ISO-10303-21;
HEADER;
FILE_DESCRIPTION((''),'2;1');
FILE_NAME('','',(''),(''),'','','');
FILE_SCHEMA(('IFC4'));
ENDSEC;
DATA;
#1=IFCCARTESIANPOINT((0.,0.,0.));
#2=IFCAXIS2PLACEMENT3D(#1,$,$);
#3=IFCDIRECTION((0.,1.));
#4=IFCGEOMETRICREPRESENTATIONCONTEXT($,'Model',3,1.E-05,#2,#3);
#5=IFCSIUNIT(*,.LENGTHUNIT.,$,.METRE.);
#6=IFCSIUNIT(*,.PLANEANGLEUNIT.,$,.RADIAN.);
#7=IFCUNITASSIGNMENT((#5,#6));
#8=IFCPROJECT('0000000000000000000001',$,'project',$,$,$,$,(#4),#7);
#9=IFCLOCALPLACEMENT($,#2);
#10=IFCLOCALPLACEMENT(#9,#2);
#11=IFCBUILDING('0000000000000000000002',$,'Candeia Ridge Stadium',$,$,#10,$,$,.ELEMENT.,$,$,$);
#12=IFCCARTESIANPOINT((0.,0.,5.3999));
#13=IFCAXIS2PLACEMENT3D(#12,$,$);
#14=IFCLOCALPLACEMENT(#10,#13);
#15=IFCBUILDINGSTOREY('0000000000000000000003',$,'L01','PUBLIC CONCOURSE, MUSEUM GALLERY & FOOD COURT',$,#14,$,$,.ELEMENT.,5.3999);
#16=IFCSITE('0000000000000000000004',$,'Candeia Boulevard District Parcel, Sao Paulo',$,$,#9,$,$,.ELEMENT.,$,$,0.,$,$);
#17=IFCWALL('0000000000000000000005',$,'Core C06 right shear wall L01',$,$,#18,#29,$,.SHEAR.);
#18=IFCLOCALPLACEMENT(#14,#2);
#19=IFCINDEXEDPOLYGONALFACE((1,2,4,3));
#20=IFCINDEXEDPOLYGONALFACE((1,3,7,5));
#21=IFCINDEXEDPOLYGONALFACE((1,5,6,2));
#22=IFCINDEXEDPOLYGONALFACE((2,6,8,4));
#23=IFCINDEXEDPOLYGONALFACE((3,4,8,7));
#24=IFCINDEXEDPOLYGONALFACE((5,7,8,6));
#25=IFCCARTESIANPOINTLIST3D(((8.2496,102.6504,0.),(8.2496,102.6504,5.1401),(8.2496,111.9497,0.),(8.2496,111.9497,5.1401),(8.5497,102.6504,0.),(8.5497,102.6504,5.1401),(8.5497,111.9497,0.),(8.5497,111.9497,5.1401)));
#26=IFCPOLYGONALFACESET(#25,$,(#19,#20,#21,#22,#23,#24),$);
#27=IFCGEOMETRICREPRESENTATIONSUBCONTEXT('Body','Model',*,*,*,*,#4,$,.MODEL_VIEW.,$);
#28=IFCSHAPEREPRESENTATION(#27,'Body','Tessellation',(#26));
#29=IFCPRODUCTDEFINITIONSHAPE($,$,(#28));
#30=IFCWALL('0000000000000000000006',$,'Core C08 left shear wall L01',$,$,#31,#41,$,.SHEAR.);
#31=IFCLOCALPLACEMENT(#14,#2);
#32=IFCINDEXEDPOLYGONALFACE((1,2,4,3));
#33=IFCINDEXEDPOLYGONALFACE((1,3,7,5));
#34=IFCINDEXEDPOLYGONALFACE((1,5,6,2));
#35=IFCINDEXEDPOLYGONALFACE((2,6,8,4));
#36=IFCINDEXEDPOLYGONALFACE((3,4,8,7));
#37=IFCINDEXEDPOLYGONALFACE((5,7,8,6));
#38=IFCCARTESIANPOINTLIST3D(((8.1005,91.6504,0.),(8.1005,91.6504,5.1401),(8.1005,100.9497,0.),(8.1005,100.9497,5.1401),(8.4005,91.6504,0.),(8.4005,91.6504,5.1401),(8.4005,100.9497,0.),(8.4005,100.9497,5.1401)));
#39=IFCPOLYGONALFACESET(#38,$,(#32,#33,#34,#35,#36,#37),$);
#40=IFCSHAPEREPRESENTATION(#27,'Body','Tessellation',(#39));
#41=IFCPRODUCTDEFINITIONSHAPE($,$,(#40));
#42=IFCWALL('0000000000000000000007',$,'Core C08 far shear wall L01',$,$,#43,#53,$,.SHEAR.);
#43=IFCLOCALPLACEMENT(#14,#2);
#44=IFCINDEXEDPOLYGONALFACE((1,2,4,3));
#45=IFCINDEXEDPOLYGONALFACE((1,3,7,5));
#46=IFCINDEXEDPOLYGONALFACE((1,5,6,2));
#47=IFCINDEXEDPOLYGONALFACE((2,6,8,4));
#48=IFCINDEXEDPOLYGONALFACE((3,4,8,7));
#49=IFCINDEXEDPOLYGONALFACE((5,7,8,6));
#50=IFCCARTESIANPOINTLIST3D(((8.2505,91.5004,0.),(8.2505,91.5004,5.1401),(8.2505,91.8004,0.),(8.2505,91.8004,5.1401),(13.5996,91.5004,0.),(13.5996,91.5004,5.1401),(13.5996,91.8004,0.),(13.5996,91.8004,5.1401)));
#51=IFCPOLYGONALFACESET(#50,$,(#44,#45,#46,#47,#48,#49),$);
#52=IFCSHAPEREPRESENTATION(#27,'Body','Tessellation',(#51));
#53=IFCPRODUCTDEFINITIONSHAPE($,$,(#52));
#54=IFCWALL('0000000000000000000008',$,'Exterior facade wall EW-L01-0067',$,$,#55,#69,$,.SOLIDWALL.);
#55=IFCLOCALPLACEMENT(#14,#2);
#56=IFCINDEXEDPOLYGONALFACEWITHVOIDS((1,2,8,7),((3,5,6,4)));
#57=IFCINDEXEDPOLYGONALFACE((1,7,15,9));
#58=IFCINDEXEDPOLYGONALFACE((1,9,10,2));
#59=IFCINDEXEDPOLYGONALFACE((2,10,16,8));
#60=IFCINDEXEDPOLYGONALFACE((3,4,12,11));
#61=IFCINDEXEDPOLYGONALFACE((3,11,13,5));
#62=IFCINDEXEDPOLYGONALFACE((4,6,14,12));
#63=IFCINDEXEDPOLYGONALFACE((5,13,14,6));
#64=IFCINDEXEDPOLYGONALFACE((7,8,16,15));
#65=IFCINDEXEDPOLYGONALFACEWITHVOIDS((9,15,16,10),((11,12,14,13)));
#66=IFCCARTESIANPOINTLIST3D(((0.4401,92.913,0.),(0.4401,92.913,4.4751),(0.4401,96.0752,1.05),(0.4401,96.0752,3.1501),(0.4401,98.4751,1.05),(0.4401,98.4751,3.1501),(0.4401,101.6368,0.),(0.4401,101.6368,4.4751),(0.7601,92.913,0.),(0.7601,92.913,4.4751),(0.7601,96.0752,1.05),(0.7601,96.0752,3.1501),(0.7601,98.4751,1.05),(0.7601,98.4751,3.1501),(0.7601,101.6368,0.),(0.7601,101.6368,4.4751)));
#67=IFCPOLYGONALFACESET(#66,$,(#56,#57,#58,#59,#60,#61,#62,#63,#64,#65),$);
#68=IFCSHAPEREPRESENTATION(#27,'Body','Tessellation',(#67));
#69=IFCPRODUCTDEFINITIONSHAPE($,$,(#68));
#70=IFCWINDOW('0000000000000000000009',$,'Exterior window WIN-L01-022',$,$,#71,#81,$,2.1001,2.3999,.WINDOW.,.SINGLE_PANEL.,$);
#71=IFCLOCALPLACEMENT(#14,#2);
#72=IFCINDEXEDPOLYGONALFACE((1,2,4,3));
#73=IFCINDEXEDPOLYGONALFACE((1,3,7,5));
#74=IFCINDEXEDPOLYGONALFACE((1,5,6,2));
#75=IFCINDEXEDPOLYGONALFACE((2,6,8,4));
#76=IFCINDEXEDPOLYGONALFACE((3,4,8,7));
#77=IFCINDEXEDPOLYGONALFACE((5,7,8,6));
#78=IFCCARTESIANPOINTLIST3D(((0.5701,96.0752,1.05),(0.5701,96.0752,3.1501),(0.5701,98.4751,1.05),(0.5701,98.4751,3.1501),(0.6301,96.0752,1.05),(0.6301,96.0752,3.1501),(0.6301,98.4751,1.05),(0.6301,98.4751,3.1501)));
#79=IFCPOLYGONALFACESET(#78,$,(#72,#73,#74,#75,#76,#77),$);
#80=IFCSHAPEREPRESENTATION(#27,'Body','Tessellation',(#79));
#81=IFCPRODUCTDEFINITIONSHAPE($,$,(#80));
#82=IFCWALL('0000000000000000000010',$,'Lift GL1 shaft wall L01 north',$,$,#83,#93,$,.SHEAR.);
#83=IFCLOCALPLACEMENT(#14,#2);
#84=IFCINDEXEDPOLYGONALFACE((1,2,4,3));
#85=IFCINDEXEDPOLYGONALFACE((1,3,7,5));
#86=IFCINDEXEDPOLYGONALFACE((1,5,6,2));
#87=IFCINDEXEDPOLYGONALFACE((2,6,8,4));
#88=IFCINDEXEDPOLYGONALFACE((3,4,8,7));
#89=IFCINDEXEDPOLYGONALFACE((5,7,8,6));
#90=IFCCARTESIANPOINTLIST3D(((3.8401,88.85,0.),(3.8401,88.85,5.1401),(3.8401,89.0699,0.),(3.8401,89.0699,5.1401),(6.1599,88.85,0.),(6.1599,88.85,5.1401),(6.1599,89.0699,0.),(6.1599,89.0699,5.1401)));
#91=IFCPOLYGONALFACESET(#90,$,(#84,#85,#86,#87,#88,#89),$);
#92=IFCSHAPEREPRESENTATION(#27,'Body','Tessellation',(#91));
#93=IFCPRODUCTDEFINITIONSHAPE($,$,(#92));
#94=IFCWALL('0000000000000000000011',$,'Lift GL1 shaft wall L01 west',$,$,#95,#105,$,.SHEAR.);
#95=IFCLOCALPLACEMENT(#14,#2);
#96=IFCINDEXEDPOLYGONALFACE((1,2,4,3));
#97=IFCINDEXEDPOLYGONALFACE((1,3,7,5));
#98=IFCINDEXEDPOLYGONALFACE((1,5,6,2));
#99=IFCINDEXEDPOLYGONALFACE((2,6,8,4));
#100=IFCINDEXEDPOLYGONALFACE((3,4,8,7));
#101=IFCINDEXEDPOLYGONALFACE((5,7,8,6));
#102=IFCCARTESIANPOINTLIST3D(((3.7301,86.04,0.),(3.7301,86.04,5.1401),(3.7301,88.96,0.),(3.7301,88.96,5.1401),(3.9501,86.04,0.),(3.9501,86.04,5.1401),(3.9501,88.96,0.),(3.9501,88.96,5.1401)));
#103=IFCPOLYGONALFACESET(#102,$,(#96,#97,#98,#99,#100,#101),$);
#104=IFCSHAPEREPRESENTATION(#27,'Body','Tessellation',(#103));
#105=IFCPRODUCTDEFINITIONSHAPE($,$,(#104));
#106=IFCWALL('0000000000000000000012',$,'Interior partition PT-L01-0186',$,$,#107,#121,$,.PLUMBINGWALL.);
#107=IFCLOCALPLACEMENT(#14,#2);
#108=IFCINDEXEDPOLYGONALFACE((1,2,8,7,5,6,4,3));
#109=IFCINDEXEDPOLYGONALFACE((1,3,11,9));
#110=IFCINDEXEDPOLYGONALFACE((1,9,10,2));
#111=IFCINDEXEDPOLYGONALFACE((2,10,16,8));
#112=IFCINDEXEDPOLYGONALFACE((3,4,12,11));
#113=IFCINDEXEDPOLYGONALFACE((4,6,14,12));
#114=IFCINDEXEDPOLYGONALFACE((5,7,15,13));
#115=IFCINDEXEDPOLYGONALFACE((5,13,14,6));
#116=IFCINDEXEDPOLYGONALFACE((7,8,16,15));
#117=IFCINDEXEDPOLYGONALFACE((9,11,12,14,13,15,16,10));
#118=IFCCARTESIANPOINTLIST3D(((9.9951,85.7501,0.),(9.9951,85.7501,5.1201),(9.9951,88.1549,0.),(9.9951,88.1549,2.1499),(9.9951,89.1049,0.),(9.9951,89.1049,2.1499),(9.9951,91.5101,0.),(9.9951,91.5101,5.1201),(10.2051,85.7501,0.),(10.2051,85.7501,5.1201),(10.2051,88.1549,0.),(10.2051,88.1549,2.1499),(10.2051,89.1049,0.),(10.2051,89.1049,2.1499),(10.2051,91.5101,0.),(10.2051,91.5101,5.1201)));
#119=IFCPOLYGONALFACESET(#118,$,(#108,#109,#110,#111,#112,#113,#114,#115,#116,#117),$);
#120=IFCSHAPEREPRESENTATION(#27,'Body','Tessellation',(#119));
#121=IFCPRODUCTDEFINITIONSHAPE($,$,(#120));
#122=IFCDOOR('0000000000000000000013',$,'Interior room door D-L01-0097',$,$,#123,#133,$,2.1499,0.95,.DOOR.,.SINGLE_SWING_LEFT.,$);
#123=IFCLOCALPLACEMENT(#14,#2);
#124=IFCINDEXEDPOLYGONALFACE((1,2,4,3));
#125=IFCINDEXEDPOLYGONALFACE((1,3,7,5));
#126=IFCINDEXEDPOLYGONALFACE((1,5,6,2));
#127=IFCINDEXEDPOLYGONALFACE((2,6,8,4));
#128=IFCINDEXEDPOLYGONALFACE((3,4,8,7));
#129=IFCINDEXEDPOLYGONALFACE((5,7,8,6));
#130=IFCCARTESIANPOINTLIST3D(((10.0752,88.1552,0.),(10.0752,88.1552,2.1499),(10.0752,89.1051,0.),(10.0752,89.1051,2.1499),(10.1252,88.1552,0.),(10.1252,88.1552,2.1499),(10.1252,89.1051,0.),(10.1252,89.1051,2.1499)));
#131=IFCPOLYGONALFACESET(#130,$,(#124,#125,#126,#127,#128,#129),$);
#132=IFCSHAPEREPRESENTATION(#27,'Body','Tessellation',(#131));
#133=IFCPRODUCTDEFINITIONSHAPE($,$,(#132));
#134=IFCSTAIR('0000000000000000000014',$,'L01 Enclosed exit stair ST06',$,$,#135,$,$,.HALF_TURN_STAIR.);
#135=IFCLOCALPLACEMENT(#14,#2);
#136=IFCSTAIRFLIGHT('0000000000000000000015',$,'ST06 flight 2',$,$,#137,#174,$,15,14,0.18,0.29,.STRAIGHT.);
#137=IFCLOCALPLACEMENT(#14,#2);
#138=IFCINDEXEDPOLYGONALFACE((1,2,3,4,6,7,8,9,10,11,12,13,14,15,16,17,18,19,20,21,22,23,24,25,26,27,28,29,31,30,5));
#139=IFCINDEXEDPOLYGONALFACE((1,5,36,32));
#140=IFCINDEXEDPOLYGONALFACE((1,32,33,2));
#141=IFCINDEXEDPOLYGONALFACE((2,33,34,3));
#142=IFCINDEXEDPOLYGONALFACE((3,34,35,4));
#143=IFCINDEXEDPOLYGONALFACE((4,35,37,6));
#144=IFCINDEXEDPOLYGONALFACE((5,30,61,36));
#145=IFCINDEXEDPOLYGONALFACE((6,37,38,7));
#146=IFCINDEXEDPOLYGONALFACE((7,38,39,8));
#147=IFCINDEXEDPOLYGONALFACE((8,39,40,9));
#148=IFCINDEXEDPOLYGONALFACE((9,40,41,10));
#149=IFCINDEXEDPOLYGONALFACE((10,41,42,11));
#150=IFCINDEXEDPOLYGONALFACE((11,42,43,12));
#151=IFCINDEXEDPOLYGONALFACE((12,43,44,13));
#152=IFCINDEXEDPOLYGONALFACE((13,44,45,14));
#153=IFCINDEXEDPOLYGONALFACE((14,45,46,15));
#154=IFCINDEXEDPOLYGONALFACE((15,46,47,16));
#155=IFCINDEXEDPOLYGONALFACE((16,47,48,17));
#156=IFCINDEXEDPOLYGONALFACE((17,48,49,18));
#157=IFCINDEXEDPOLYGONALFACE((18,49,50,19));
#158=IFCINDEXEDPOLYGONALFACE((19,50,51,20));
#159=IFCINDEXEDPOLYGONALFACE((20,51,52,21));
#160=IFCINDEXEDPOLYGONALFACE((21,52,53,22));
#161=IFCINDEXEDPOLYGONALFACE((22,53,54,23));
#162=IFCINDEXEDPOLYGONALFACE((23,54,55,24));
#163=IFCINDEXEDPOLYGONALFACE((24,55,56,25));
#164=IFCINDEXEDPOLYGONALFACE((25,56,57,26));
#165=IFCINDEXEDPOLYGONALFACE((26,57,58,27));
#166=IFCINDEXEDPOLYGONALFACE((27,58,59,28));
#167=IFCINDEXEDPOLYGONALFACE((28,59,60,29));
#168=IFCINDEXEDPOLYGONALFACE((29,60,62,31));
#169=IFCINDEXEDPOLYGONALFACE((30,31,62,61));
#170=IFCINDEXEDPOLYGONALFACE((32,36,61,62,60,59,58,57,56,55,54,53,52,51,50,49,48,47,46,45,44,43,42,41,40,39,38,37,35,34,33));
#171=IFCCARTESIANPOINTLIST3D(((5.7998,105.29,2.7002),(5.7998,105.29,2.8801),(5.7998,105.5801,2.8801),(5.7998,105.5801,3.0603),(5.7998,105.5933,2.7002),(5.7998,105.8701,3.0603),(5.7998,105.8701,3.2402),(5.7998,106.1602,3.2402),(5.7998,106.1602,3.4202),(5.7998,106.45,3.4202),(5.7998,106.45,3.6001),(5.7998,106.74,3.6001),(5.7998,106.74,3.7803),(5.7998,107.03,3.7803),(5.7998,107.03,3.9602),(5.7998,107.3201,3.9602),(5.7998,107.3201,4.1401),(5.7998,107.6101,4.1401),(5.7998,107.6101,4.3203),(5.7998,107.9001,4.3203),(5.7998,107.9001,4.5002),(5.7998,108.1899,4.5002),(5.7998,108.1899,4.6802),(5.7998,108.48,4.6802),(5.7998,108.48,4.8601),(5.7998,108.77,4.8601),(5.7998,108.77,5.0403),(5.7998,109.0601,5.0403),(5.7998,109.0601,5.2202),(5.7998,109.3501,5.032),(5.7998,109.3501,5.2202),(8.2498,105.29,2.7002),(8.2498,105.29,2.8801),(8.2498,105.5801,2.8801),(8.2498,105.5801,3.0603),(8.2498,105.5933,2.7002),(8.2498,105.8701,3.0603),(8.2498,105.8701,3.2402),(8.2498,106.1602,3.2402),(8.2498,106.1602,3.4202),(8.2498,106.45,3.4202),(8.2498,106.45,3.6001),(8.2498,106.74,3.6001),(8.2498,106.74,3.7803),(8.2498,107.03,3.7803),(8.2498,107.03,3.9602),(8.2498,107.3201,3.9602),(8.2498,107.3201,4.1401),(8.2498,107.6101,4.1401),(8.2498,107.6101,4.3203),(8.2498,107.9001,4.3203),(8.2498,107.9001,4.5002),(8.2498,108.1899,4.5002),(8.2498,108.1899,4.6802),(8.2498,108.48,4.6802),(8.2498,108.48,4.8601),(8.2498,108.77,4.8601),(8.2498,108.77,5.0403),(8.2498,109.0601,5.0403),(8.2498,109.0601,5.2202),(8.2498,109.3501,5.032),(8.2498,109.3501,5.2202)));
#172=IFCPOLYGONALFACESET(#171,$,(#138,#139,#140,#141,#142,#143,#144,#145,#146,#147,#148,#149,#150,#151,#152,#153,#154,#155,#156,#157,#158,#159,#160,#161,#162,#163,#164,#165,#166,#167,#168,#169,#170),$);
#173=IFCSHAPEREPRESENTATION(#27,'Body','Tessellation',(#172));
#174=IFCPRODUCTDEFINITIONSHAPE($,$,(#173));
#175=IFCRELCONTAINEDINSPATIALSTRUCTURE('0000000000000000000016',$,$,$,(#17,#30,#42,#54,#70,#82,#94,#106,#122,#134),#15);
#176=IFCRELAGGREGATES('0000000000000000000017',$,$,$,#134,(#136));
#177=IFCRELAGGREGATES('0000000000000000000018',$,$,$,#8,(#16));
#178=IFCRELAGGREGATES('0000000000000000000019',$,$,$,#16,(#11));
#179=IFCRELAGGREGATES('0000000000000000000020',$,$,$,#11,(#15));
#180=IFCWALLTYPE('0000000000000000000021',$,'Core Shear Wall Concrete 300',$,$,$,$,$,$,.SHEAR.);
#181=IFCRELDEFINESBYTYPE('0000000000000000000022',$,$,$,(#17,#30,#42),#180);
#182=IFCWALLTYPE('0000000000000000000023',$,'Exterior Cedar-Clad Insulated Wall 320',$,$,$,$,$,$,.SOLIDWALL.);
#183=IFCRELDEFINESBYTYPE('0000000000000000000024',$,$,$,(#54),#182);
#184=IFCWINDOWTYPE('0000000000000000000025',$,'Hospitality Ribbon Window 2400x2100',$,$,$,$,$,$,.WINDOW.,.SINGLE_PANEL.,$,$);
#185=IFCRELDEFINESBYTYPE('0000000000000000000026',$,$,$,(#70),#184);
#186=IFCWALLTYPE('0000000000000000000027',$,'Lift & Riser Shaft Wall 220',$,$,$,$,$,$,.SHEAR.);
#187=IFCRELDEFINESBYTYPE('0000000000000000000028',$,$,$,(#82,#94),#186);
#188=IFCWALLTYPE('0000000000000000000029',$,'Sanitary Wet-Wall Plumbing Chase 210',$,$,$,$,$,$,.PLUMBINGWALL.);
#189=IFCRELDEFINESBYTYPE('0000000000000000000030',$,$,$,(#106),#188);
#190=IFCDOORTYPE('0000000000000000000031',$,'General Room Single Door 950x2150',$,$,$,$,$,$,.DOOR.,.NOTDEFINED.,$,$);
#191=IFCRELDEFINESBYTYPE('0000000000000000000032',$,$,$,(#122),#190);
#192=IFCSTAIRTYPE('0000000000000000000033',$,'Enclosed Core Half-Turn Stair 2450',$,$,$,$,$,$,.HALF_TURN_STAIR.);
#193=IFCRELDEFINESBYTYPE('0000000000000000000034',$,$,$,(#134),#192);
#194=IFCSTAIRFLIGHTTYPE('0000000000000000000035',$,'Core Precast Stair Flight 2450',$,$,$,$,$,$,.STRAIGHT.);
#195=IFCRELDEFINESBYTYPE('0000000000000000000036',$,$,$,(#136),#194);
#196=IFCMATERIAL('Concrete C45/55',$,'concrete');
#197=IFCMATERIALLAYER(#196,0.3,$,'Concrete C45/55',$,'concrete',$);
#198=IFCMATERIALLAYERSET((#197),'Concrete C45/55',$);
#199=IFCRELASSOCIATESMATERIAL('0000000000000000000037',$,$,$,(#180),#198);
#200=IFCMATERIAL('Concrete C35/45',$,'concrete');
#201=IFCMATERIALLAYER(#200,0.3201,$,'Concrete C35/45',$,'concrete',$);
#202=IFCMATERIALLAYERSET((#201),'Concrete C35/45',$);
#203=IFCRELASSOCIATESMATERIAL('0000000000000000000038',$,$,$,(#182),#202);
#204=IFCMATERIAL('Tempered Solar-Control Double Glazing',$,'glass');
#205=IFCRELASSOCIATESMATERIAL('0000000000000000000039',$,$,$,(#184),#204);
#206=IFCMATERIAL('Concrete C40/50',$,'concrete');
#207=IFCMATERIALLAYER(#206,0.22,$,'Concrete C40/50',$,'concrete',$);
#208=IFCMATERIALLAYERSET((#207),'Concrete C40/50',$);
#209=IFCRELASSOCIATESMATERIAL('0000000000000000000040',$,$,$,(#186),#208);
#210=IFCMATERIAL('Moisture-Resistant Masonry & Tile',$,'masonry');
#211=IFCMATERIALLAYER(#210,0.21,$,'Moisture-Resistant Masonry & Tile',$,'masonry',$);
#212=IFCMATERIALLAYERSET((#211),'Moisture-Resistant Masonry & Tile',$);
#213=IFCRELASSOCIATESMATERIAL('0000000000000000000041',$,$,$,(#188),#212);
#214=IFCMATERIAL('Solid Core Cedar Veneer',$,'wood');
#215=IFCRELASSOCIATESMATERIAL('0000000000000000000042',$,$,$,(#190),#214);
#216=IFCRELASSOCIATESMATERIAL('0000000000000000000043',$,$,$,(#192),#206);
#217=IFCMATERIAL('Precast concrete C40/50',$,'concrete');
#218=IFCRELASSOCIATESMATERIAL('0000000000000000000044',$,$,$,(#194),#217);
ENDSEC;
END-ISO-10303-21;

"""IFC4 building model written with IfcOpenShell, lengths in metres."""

from ifc_helpers import new_model, si_unit, direction, frame, frame_2d, origin, place, context, subcontext, project, spatial, polyline, rectangle, outline, extrude, material, layer, layer_set, type_object, element, fill, aggregate, save


model = new_model("IFC4")

# Units and contexts
model_context = context("Model", 3, precision=1e-05, world=origin(), true_north=direction((0.0, 1.0)))
body_context = subcontext(model_context, "Body", "Model", "MODEL_VIEW")
ifc_project = project(units=[si_unit("LENGTHUNIT", "METRE"), si_unit("PLANEANGLEUNIT", "RADIAN")], contexts=[model_context])

# Site, building, storey
site_placement = place(None, origin())
site = spatial("IfcSite", under=ifc_project, at=site_placement, Name="Candeia Boulevard District Parcel, Sao Paulo", CompositionType="ELEMENT", RefElevation=0.0)
building_placement = place(site_placement, origin())
building = spatial("IfcBuilding", under=site, at=building_placement, Name="Candeia Ridge Stadium", CompositionType="ELEMENT")
storey_placement = place(building_placement, frame((0.0, 0.0, 5.3999)))
storey = spatial("IfcBuildingStorey", under=building, at=storey_placement, Name="L01", Description="PUBLIC CONCOURSE, MUSEUM GALLERY & FOOD COURT", CompositionType="ELEMENT", Elevation=5.3999)

# Shared definitions
ifc_material_1 = material(Name="Concrete C40/50", Category="concrete")
ifc_material_2 = material(Name="Concrete C45/55", Category="concrete")

# Walls
ifc_layer_1 = layer(ifc_material_2, 0.3, Name="Concrete C45/55", Category="concrete")
ifc_layer_set_1 = layer_set([ifc_layer_1], Name="Concrete C45/55")
wall_type_1 = type_object("IfcWallType", Name="Core Shear Wall Concrete 300", PredefinedType="SHEAR", material=ifc_layer_set_1)
for number, where, z_axis, x_axis, name in (
    (1, (8.3997, 102.6504, 0.0), (0.0, 0.0, 1.0), (0.0, 1.0, 0.0), "Core C06 right shear wall L01"),
    (2, (8.2505, 100.9497, 0.0), (0.0, 0.0, 1.0), (0.0, -1.0, 0.0), "Core C08 left shear wall L01"),
):
    element("IfcWall", number, at=place(storey_placement, frame(where, z_axis=z_axis, x_axis=x_axis)), inside=storey, type_object=wall_type_1, Name=name, PredefinedType="SHEAR", context=body_context, shape_type="SweptSolid", body=[
        extrude(rectangle(XDim=9.2993, YDim=0.3, at=frame_2d((4.6497, 0.0))), origin(), (0.0, 0.0, 1.0), 5.1401),
    ])
wall_1_placement = place(storey_placement, frame((8.2505, 91.6504, 0.0), z_axis=(0.0, 0.0, 1.0), x_axis=(1.0, 0.0, 0.0)))
element("IfcWall", 3, at=wall_1_placement, inside=storey, type_object=wall_type_1, Name="Core C08 far shear wall L01", PredefinedType="SHEAR", context=body_context, shape_type="SweptSolid", body=[
    extrude(rectangle(XDim=5.3491, YDim=0.3, at=frame_2d((2.6746, 0.0))), origin(), (0.0, 0.0, 1.0), 5.1401),
])

# Wall, opening, window
ifc_material_3 = material(Name="Concrete C35/45", Category="concrete")
ifc_layer_2 = layer(ifc_material_3, 0.3201, Name="Concrete C35/45", Category="concrete")
ifc_layer_set_2 = layer_set([ifc_layer_2], Name="Concrete C35/45")
wall_type_2 = type_object("IfcWallType", Name="Exterior Cedar-Clad Insulated Wall 320", PredefinedType="SOLIDWALL", material=ifc_layer_set_2)
wall_2_placement = place(storey_placement, frame((0.6001, 92.9131, 0.0), z_axis=(0.0, 0.0, 1.0), x_axis=(0.0, 1.0, 0.0)))
wall_2 = element("IfcWall", 4, at=wall_2_placement, inside=storey, type_object=wall_type_2, Name="Exterior facade wall EW-L01-0067", PredefinedType="SOLIDWALL", context=body_context, shape_type="SweptSolid", body=[
    extrude(rectangle(XDim=8.7239, YDim=0.3201, at=frame_2d((4.3618, 0.0))), origin(), (0.0, 0.0, 1.0), 4.4751),
])
opening_1_placement = place(wall_2_placement, frame((3.1621, 0.0, 1.05)))
opening_1 = element("IfcOpeningElement", 5, at=opening_1_placement, cuts=wall_2, PredefinedType="OPENING", context=body_context, shape_type="SweptSolid", body=[
    extrude(rectangle(XDim=2.3999, YDim=2.1001, at=frame_2d((1.2, 1.05))), frame((0.0, 0.1699, 0.0), z_axis=(0.0, -1.0, 0.0), x_axis=(1.0, 0.0, 0.0)), (0.0, 0.0, 1.0), 0.3401),
])
ifc_material_4 = material(Name="Tempered Solar-Control Double Glazing", Category="glass")
window_type = type_object("IfcWindowType", Name="Hospitality Ribbon Window 2400x2100", PartitioningType="SINGLE_PANEL", PredefinedType="WINDOW", material=ifc_material_4)
window_placement = place(opening_1_placement, origin())
window = element("IfcWindow", 6, at=window_placement, inside=storey, type_object=window_type, Name="Exterior window WIN-L01-022", OverallHeight=2.1001, OverallWidth=2.3999, PartitioningType="SINGLE_PANEL", PredefinedType="WINDOW", context=body_context, shape_type="SweptSolid", body=[
    extrude(rectangle(XDim=2.3999, YDim=2.1001, at=frame_2d((1.2, 1.05))), frame((0.0, 0.03, 0.0), z_axis=(0.0, -1.0, 0.0), x_axis=(1.0, 0.0, 0.0)), (0.0, 0.0, 1.0), 0.0601),
])
fill(opening_1, window)

# Walls
ifc_layer_3 = layer(ifc_material_1, 0.22, Name="Concrete C40/50", Category="concrete")
ifc_layer_set_3 = layer_set([ifc_layer_3], Name="Concrete C40/50")
wall_type_3 = type_object("IfcWallType", Name="Lift & Riser Shaft Wall 220", PredefinedType="SHEAR", material=ifc_layer_set_3)
wall_3_placement = place(storey_placement, frame((6.1599, 88.96, 0.0), z_axis=(0.0, 0.0, 1.0), x_axis=(-1.0, 0.0, 0.0)))
element("IfcWall", 7, at=wall_3_placement, inside=storey, type_object=wall_type_3, Name="Lift GL1 shaft wall L01 north", PredefinedType="SHEAR", context=body_context, shape_type="SweptSolid", body=[
    extrude(rectangle(XDim=2.3198, YDim=0.22, at=frame_2d((1.1599, 0.0))), origin(), (0.0, 0.0, 1.0), 5.1401),
])
wall_4_placement = place(storey_placement, frame((3.8401, 88.96, 0.0), z_axis=(0.0, 0.0, 1.0), x_axis=(0.0, -1.0, 0.0)))
element("IfcWall", 8, at=wall_4_placement, inside=storey, type_object=wall_type_3, Name="Lift GL1 shaft wall L01 west", PredefinedType="SHEAR", context=body_context, shape_type="SweptSolid", body=[
    extrude(rectangle(XDim=2.9199, YDim=0.22, at=frame_2d((1.46, 0.0))), origin(), (0.0, 0.0, 1.0), 5.1401),
])

# Wall, opening, door
ifc_material_5 = material(Name="Moisture-Resistant Masonry & Tile", Category="masonry")
ifc_layer_4 = layer(ifc_material_5, 0.21, Name="Moisture-Resistant Masonry & Tile", Category="masonry")
ifc_layer_set_4 = layer_set([ifc_layer_4], Name="Moisture-Resistant Masonry & Tile")
wall_type_4 = type_object("IfcWallType", Name="Sanitary Wet-Wall Plumbing Chase 210", PredefinedType="PLUMBINGWALL", material=ifc_layer_set_4)
wall_5_placement = place(storey_placement, frame((10.1001, 91.51, 0.0), z_axis=(0.0, 0.0, 1.0), x_axis=(0.0, -1.0, 0.0)))
wall_5 = element("IfcWall", 9, at=wall_5_placement, inside=storey, type_object=wall_type_4, Name="Interior partition PT-L01-0186", PredefinedType="PLUMBINGWALL", context=body_context, shape_type="SweptSolid", body=[
    extrude(rectangle(XDim=5.76, YDim=0.21, at=frame_2d((2.8799, 0.0))), origin(), (0.0, 0.0, 1.0), 5.1201),
])
opening_2_placement = place(wall_5_placement, frame((2.405, 0.0, 0.0)))
opening_2 = element("IfcOpeningElement", 10, at=opening_2_placement, cuts=wall_5, PredefinedType="OPENING", context=body_context, shape_type="SweptSolid", body=[
    extrude(rectangle(XDim=0.95, YDim=2.1499, at=frame_2d((0.4751, 1.075))), frame((0.0, 0.115, 0.0), z_axis=(0.0, -1.0, 0.0), x_axis=(1.0, 0.0, 0.0)), (0.0, 0.0, 1.0), 0.23),
])
ifc_material_6 = material(Name="Solid Core Cedar Veneer", Category="wood")
door_type = type_object("IfcDoorType", Name="General Room Single Door 950x2150", OperationType="NOTDEFINED", PredefinedType="DOOR", material=ifc_material_6)
door_placement = place(opening_2_placement, frame((0.95, 0.0, 0.0), z_axis=(0.0, 0.0, 1.0), x_axis=(-1.0, 0.0, 0.0)))
door = element("IfcDoor", 11, at=door_placement, inside=storey, type_object=door_type, Name="Interior room door D-L01-0097", OperationType="SINGLE_SWING_LEFT", OverallHeight=2.1499, OverallWidth=0.95, PredefinedType="DOOR", context=body_context, shape_type="SweptSolid", body=[
    extrude(rectangle(XDim=0.95, YDim=2.1499, at=frame_2d((0.4751, 1.075))), frame((0.0, 0.0249, 0.0), z_axis=(0.0, -1.0, 0.0), x_axis=(1.0, 0.0, 0.0)), (0.0, 0.0, 1.0), 0.05),
])
fill(opening_2, door)

# Stair, stair flight
stair_type = type_object("IfcStairType", Name="Enclosed Core Half-Turn Stair 2450", PredefinedType="HALF_TURN_STAIR", material=ifc_material_1)
stair_1_placement = place(storey_placement, origin())
stair_1 = element("IfcStair", 12, at=stair_1_placement, inside=storey, type_object=stair_type, Name="L01 Enclosed exit stair ST06", PredefinedType="HALF_TURN_STAIR")
ifc_material_7 = material(Name="Precast concrete C40/50", Category="concrete")
stair_flight_type = type_object("IfcStairFlightType", Name="Core Precast Stair Flight 2450", PredefinedType="STRAIGHT", material=ifc_material_7)
stair_flight_1_placement = place(storey_placement, frame((7.0249, 105.29, 2.7002), z_axis=(0.0, 0.0, 1.0), x_axis=(0.0, 1.0, 0.0)))
stair_flight_1 = element("IfcStairFlight", 13, at=stair_flight_1_placement, type_object=stair_flight_type, Name="ST06 flight 2", NumberOfRisers=15, NumberOfTreads=14, PredefinedType="STRAIGHT", RiserHeight=0.18, TreadLength=0.29, context=body_context, shape_type="SweptSolid", body=[
    extrude(outline(polyline([(0.0, 0.0), (0.0, 0.1799), (0.29, 0.1799), (0.29, 0.3601), (0.5801, 0.3601), (0.5801, 0.54), (0.8701, 0.54), (0.8701, 0.72), (1.1599, 0.72), (1.1599, 0.8999), (1.45, 0.8999), (1.45, 1.0801), (1.74, 1.0801), (1.74, 1.26), (2.03, 1.26), (2.03, 1.4399), (2.3201, 1.4399), (2.3201, 1.6201), (2.6101, 1.6201), (2.6101, 1.8), (2.8999, 1.8), (2.8999, 1.98), (3.1899, 1.98), (3.1899, 2.1599), (3.48, 2.1599), (3.48, 2.3401), (3.77, 2.3401), (3.77, 2.52), (4.0601, 2.52), (4.0601, 2.7), (4.0601, 2.3318), (0.3032, 0.0), (0.0, 0.0)])), frame((0.0, 1.2251, 0.0), z_axis=(0.0, -1.0, 0.0), x_axis=(1.0, 0.0, 0.0)), (0.0, 0.0, 1.0), 2.45),
])
aggregate(stair_1, [stair_flight_1])

save(model, "model.ifc")
